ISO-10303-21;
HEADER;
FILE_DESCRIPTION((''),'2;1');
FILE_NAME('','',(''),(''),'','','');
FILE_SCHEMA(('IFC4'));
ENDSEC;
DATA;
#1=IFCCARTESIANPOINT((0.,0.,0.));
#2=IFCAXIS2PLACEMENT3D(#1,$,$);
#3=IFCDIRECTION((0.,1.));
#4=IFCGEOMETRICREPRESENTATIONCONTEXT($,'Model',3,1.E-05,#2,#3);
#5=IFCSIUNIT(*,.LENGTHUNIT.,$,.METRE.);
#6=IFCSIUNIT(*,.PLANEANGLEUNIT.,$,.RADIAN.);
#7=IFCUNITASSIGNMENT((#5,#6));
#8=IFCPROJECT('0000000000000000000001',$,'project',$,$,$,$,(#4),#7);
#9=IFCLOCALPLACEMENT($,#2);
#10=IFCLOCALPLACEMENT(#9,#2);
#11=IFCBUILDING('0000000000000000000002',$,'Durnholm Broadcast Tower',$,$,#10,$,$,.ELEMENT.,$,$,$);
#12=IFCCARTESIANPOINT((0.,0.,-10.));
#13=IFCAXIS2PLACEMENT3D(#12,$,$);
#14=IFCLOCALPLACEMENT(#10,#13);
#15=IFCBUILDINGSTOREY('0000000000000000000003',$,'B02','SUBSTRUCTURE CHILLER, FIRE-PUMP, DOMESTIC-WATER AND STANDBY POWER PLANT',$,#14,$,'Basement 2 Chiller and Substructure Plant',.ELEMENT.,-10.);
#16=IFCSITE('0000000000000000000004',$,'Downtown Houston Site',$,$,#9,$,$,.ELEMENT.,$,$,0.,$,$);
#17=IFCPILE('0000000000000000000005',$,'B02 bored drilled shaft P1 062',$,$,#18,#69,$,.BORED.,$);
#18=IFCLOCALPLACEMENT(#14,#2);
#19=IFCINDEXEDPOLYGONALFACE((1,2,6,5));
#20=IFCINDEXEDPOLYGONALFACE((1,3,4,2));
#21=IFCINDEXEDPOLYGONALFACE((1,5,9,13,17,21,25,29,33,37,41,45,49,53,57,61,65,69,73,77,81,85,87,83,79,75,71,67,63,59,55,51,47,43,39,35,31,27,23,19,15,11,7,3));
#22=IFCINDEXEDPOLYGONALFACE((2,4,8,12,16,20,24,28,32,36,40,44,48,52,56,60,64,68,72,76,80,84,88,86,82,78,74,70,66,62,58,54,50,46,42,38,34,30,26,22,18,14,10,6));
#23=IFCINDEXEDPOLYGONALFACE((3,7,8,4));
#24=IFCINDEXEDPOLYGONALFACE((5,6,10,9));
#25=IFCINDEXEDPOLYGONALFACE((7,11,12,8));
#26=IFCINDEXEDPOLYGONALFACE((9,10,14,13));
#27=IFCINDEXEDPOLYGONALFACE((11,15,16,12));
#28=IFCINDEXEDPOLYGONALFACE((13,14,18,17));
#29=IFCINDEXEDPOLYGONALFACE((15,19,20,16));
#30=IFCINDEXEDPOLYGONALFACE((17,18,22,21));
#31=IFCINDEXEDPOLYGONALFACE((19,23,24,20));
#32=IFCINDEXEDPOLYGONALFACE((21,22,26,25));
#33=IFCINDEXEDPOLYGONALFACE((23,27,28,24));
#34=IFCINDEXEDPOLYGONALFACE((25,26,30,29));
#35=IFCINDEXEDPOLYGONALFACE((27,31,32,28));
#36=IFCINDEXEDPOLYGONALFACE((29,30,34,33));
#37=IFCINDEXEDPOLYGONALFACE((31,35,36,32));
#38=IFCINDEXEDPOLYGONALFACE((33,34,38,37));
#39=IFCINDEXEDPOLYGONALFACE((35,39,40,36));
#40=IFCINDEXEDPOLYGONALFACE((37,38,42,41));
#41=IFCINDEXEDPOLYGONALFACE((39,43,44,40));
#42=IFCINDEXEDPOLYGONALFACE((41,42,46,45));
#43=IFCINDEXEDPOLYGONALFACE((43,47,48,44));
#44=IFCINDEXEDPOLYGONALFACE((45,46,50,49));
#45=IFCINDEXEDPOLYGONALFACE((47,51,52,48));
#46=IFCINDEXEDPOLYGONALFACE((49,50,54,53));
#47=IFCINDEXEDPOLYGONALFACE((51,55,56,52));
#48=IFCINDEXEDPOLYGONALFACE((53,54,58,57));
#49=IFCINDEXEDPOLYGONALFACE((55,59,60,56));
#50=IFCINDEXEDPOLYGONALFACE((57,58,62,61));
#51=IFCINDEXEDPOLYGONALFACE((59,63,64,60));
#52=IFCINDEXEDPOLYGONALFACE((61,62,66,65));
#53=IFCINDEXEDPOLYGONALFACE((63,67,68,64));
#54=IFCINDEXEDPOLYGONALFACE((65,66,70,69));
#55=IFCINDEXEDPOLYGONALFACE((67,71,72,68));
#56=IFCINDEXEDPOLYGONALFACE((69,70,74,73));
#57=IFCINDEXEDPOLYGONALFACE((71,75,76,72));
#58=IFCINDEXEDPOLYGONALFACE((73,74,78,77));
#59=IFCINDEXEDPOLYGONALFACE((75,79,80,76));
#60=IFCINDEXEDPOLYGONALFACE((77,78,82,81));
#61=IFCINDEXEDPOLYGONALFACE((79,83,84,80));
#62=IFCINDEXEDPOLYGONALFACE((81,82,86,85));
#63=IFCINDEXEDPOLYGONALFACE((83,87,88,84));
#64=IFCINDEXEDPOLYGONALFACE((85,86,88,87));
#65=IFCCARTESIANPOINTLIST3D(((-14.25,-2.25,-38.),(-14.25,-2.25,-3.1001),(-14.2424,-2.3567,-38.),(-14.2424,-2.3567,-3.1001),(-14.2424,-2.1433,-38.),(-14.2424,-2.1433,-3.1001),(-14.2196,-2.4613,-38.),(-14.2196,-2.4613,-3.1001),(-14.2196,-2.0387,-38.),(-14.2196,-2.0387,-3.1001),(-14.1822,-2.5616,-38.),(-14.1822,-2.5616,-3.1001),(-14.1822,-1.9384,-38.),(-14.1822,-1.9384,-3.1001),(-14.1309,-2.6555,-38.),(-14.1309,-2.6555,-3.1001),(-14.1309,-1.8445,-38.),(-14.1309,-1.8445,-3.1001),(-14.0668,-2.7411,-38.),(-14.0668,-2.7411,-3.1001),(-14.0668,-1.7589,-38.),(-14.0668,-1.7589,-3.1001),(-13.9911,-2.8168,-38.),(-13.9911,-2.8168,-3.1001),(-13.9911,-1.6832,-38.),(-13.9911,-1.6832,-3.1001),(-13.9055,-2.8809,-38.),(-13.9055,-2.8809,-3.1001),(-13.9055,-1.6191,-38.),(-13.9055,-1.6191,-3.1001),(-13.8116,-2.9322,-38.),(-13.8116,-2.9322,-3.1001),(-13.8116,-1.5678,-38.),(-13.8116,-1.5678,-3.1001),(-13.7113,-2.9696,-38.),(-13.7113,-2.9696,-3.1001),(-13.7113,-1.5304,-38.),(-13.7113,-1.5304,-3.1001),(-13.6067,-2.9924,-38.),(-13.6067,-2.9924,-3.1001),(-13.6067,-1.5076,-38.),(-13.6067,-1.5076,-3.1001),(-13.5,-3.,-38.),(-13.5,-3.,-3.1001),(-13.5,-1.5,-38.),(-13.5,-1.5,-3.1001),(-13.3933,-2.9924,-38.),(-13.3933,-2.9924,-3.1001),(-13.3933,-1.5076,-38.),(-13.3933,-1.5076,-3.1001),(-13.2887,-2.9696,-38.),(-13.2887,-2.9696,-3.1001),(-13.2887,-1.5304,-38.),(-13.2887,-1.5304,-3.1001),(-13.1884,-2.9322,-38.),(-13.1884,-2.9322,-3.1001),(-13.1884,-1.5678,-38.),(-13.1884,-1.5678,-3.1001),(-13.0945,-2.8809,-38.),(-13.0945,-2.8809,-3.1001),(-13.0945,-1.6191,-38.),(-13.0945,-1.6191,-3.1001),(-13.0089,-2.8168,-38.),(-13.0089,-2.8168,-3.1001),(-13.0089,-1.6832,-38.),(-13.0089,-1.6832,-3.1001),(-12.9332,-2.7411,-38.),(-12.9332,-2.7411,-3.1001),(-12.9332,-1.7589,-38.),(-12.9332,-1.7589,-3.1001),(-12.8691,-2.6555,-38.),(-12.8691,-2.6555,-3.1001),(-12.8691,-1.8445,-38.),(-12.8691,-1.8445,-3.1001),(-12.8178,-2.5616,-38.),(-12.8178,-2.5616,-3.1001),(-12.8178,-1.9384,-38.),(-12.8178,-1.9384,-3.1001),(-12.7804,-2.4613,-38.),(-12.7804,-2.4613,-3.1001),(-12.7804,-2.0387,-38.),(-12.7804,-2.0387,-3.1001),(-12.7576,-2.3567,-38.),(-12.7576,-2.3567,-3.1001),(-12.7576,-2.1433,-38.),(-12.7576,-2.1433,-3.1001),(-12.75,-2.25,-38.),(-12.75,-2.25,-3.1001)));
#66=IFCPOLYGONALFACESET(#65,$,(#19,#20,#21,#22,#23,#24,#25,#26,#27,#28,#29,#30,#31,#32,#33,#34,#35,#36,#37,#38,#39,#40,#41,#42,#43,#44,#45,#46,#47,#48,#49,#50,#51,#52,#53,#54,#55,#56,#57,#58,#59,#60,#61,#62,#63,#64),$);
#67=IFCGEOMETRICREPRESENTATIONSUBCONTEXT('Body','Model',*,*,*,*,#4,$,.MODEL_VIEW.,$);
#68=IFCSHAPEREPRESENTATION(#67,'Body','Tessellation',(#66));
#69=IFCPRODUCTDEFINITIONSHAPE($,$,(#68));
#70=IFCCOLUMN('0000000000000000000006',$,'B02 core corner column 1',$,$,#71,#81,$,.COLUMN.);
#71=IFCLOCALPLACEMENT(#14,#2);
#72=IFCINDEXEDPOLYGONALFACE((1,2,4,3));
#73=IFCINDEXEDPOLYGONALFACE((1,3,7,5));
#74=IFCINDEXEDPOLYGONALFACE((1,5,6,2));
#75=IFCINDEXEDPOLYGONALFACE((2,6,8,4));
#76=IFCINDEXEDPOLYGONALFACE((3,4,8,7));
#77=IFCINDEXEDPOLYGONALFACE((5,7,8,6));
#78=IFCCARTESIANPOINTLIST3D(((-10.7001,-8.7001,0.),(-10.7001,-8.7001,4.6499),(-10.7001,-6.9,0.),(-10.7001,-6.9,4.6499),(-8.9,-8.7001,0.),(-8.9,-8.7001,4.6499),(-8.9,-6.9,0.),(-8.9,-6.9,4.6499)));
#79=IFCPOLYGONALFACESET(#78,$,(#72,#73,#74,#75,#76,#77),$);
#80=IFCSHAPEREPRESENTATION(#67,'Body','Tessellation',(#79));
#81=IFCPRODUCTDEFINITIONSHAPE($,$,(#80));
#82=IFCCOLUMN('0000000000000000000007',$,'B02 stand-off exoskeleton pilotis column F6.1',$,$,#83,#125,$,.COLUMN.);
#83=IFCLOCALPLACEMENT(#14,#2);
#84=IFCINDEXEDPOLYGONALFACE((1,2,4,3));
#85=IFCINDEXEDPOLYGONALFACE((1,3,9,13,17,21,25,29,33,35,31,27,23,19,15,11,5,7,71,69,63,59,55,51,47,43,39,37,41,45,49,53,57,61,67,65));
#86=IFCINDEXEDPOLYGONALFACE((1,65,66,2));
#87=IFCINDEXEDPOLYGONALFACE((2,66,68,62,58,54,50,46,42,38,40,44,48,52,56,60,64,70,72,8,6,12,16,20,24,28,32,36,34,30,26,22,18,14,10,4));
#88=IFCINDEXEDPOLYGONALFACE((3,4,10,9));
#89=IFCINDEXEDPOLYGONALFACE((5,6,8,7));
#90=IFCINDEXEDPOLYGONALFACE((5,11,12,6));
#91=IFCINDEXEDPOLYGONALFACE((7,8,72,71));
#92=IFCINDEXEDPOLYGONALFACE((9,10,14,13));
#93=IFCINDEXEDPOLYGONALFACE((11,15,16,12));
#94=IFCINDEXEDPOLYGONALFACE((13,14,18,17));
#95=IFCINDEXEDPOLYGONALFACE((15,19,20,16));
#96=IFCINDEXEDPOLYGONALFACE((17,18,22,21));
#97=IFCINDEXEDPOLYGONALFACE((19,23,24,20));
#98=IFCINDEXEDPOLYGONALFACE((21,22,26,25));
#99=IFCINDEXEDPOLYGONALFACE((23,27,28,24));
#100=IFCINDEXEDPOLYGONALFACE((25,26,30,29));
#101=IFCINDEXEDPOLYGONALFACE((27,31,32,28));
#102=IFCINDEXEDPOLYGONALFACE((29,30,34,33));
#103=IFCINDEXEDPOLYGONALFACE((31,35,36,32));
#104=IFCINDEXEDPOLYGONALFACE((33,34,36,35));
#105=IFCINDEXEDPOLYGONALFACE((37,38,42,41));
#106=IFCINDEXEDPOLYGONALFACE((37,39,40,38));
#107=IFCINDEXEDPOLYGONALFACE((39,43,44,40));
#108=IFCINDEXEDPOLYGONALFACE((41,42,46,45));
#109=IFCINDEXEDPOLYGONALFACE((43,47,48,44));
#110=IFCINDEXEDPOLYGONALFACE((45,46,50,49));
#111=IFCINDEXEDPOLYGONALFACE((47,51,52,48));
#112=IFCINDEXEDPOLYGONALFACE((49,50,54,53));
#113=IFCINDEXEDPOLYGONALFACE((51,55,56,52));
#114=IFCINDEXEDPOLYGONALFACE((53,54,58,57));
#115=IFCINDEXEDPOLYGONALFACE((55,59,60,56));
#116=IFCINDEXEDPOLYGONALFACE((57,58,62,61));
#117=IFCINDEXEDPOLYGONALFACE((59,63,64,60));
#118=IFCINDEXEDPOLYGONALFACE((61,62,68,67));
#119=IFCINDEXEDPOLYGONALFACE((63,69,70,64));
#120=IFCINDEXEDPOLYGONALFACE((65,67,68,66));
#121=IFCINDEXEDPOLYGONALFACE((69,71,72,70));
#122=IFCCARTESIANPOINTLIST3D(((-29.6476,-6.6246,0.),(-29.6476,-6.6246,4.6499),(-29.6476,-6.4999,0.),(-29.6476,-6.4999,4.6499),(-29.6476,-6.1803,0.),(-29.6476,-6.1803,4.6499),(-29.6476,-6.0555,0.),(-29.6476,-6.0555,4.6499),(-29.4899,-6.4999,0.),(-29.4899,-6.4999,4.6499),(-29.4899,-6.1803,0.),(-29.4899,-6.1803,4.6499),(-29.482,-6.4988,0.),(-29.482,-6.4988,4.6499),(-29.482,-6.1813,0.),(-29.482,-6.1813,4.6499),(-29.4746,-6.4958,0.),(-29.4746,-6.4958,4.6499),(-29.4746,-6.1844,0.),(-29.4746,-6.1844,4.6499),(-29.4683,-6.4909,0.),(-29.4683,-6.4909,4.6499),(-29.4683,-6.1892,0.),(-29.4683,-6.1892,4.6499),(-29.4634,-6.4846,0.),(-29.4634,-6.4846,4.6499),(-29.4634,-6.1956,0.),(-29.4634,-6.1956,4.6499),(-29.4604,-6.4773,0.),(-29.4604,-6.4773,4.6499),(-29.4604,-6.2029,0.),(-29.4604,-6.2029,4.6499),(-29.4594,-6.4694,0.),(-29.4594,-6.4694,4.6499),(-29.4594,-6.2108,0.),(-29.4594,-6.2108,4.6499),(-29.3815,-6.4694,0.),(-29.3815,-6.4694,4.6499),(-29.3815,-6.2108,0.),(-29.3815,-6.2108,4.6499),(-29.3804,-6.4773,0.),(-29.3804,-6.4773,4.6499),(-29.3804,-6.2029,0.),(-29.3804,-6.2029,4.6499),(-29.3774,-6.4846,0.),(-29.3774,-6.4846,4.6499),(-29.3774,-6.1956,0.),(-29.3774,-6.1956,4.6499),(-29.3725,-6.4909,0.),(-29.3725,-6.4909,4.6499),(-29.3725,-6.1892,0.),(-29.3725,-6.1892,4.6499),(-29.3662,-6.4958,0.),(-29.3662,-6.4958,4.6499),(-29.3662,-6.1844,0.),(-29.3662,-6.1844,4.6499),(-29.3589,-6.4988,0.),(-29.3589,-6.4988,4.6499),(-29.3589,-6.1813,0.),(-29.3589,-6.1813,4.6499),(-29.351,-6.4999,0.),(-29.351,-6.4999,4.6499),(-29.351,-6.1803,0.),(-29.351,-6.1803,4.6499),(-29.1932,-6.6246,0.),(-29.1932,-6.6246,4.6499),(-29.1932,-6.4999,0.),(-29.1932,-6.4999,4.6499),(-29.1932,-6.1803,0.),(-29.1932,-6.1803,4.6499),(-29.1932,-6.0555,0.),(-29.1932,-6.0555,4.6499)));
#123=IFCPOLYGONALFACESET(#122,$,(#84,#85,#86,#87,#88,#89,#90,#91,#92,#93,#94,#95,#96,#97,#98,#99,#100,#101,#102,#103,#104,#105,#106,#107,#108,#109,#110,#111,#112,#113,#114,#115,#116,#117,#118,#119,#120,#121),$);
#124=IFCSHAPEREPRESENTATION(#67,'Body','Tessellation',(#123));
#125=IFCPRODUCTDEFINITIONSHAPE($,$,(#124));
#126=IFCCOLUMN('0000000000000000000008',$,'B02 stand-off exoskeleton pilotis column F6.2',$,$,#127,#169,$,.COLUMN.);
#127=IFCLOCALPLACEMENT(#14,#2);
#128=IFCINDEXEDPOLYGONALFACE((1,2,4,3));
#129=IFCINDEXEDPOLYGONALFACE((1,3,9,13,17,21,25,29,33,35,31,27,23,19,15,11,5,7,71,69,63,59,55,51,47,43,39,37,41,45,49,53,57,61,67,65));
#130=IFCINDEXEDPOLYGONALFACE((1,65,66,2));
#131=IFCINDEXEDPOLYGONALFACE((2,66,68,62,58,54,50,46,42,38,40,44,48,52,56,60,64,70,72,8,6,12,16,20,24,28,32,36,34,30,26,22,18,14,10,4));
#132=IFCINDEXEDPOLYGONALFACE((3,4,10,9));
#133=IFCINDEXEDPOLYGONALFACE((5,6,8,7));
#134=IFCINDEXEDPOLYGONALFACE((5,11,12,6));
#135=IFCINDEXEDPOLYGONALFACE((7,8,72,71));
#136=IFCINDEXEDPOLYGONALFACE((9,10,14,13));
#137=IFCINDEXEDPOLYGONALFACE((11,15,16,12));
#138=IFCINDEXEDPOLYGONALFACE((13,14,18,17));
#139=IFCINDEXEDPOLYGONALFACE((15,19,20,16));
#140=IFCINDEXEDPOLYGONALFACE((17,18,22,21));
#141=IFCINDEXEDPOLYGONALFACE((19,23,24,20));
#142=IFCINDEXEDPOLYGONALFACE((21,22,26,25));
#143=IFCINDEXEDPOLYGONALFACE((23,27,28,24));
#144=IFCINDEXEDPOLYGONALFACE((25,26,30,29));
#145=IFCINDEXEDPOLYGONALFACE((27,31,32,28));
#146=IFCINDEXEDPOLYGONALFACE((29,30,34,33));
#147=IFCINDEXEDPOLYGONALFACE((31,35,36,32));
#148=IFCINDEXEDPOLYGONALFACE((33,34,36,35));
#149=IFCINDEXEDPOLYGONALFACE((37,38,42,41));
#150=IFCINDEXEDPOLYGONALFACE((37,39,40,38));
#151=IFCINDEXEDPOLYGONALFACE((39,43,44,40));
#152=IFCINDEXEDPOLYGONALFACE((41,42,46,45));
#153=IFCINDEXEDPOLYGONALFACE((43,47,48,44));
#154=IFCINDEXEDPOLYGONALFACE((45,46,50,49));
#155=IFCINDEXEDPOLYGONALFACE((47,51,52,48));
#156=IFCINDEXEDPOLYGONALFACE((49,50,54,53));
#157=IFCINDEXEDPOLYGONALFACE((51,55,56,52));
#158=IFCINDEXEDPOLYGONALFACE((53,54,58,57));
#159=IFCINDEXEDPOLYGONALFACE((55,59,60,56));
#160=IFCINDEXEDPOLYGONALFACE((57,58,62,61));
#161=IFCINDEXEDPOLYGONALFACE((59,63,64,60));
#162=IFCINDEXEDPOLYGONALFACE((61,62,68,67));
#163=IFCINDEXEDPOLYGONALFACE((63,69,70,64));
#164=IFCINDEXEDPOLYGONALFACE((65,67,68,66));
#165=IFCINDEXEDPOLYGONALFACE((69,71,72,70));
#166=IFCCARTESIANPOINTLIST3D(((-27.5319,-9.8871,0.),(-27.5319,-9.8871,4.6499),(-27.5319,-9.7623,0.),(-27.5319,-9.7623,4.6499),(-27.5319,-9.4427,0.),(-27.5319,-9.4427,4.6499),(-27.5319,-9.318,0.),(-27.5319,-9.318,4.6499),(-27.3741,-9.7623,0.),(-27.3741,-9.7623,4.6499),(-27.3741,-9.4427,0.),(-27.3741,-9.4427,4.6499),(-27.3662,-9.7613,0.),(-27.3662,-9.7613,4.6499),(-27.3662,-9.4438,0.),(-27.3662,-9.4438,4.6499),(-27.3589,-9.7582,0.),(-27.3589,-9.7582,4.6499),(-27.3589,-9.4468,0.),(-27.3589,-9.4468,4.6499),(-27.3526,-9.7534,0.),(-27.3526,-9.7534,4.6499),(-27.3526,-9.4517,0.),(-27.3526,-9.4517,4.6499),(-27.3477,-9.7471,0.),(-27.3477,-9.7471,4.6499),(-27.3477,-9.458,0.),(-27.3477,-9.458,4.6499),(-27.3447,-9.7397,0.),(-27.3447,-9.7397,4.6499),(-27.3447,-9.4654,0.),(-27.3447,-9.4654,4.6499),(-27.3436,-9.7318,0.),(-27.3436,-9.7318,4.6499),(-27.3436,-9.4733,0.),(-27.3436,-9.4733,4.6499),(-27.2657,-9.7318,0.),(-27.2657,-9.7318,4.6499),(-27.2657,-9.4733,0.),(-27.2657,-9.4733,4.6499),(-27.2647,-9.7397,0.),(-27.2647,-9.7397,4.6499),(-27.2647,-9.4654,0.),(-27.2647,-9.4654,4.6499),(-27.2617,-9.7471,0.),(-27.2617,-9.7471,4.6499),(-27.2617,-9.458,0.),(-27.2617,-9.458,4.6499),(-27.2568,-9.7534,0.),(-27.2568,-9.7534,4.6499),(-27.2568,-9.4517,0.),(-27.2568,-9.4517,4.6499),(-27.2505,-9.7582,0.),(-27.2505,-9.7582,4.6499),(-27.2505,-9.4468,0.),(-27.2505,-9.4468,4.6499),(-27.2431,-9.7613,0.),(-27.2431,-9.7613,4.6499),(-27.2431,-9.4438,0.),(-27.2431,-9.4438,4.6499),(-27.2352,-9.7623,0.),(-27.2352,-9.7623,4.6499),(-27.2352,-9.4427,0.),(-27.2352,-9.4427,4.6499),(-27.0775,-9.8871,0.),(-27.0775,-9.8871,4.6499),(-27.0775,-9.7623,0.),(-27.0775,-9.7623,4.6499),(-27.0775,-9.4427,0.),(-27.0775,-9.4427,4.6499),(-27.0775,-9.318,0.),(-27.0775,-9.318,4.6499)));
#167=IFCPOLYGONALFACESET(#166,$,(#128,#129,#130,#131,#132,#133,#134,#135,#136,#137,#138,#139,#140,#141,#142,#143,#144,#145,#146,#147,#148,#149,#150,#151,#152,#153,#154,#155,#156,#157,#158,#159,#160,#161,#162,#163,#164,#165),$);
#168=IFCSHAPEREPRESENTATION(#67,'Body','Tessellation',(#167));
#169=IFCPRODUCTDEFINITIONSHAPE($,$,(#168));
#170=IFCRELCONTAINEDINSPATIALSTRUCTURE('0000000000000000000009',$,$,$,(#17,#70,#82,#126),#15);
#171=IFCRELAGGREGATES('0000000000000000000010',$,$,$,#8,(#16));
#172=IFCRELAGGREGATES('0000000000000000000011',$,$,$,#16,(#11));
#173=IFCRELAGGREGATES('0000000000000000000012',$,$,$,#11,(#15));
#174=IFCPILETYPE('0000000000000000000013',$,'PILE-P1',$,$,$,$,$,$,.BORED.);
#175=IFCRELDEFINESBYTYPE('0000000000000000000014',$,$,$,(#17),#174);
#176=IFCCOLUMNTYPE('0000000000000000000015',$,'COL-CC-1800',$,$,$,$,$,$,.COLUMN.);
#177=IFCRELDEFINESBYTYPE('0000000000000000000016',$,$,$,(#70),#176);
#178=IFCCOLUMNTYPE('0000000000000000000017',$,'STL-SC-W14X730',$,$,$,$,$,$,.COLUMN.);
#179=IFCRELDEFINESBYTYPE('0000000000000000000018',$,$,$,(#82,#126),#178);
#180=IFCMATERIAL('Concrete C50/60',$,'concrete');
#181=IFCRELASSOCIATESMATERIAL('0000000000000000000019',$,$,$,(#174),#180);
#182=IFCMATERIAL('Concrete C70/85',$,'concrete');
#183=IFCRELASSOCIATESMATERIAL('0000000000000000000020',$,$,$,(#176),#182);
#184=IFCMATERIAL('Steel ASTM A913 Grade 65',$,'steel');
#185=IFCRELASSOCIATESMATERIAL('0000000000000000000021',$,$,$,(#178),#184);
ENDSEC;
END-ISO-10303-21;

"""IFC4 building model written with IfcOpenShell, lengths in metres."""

from ifc_helpers import new_model, si_unit, direction, frame, origin, origin_2d, place, context, subcontext, project, spatial, rectangle, circle, i_section, extrude, source, transform, mapped, material, material_profile, profile_set, type_object, type_shapes, element, save


model = new_model("IFC4")

# Units and contexts
model_context = context("Model", 3, precision=1e-05, world=origin(), true_north=direction((0.0, 1.0)))
body_context = subcontext(model_context, "Body", "Model", "MODEL_VIEW")
ifc_project = project(units=[si_unit("LENGTHUNIT", "METRE"), si_unit("PLANEANGLEUNIT", "RADIAN")], contexts=[model_context])

# Site, building, storey
site_placement = place(None, origin())
site = spatial("IfcSite", under=ifc_project, at=site_placement, Name="Downtown Houston Site", CompositionType="ELEMENT", RefElevation=0.0)
building_placement = place(site_placement, origin())
building = spatial("IfcBuilding", under=site, at=building_placement, Name="Durnholm Broadcast Tower", CompositionType="ELEMENT")
storey_placement = place(building_placement, frame((0.0, 0.0, -10.0)))
storey = spatial("IfcBuildingStorey", under=building, at=storey_placement, Name="B02", Description="SUBSTRUCTURE CHILLER, FIRE-PUMP, DOMESTIC-WATER AND STANDBY POWER PLANT", LongName="Basement 2 Chiller and Substructure Plant", CompositionType="ELEMENT", Elevation=-10.0)

# Pile
ifc_material_1 = material(Name="Concrete C50/60", Category="concrete")
ifc_material_profile_1 = material_profile(ifc_material_1, circle(Radius=0.75, at=origin_2d()), Name="PILE1500")
ifc_profile_set_1 = profile_set([ifc_material_profile_1], Name="Concrete C50/60")
pile_type_1 = type_object("IfcPileType", Name="PILE-P1", PredefinedType="BORED", material=ifc_profile_set_1)
shared_shape_1 = source(origin(), body_context, "Body", "SweptSolid", [
    extrude(circle(Radius=0.75, at=origin_2d()), origin(), (0.0, 0.0, 1.0), 34.8999),
])
type_shapes(pile_type_1, [shared_shape_1])
for number, where, z_axis, x_axis, name in (
    (1, (-13.5, -2.25, -3.1001), (0.0, 0.0, -1.0), (1.0, 0.0, 0.0), "B02 bored drilled shaft P1 062"),
):
    element("IfcPile", number, at=place(storey_placement, frame(where, z_axis=z_axis, x_axis=x_axis)), inside=storey, type_object=pile_type_1, Name=name, PredefinedType="BORED", context=body_context, shape_type="MappedRepresentation", body=[
        mapped(shared_shape_1, transform((0.0, 0.0, 0.0), x_axis=(1.0, 0.0, 0.0), y_axis=(0.0, 1.0, 0.0), z_axis=(0.0, 0.0, 1.0), scale=1.0)),
    ])

# Columns
ifc_material_2 = material(Name="Concrete C70/85", Category="concrete")
ifc_material_profile_2 = material_profile(ifc_material_2, rectangle(XDim=1.8, YDim=1.8, at=origin_2d()), Name="RC1800X1800")
ifc_profile_set_2 = profile_set([ifc_material_profile_2], Name="Concrete C70/85")
column_type_1 = type_object("IfcColumnType", Name="COL-CC-1800", PredefinedType="COLUMN", material=ifc_profile_set_2)
shared_shape_2 = source(origin(), body_context, "Body", "SweptSolid", [
    extrude(rectangle(XDim=1.8, YDim=1.8, at=origin_2d()), origin(), (0.0, 0.0, 1.0), 4.6499),
])
type_shapes(column_type_1, [shared_shape_2])
column_placement = place(storey_placement, frame((-9.8, -7.8, 0.0), z_axis=(0.0, 0.0, 1.0), x_axis=(1.0, 0.0, 0.0)))
element("IfcColumn", 2, at=column_placement, inside=storey, type_object=column_type_1, Name="B02 core corner column 1", PredefinedType="COLUMN", context=body_context, shape_type="MappedRepresentation", body=[
    mapped(shared_shape_2, transform((0.0, 0.0, 0.0), x_axis=(1.0, 0.0, 0.0), y_axis=(0.0, 1.0, 0.0), z_axis=(0.0, 0.0, 1.0), scale=1.0)),
])
ifc_material_3 = material(Name="Steel ASTM A913 Grade 65", Category="steel")
ifc_material_profile_3 = material_profile(ifc_material_3, i_section(OverallWidth=0.4543, OverallDepth=0.5691, WebThickness=0.0779, FlangeThickness=0.1248, FilletRadius=0.0305, at=origin_2d()), Name="W14X730")
ifc_profile_set_3 = profile_set([ifc_material_profile_3], Name="Steel ASTM A913 Grade 65")
column_type_2 = type_object("IfcColumnType", Name="STL-SC-W14X730", PredefinedType="COLUMN", material=ifc_profile_set_3)
shared_shape_3 = source(origin(), body_context, "Body", "SweptSolid", [
    extrude(i_section(OverallWidth=0.4543, OverallDepth=0.5691, WebThickness=0.0779, FlangeThickness=0.1248, FilletRadius=0.0305, at=origin_2d()), origin(), (0.0, 0.0, 1.0), 4.6499),
])
type_shapes(column_type_2, [shared_shape_3])
for number, where, z_axis, x_axis, name in (
    (3, (-29.4204, -6.3401, 0.0), (0.0, 0.0, 1.0), (1.0, 0.0, 0.0), "B02 stand-off exoskeleton pilotis column F6.1"),
    (4, (-27.3047, -9.6025, 0.0), (0.0, 0.0, 1.0), (1.0, 0.0, 0.0), "B02 stand-off exoskeleton pilotis column F6.2"),
):
    element("IfcColumn", number, at=place(storey_placement, frame(where, z_axis=z_axis, x_axis=x_axis)), inside=storey, type_object=column_type_2, Name=name, PredefinedType="COLUMN", context=body_context, shape_type="MappedRepresentation", body=[
        mapped(shared_shape_3, transform((0.0, 0.0, 0.0), x_axis=(1.0, 0.0, 0.0), y_axis=(0.0, 1.0, 0.0), z_axis=(0.0, 0.0, 1.0), scale=1.0)),
    ])

save(model, "model.ifc")
